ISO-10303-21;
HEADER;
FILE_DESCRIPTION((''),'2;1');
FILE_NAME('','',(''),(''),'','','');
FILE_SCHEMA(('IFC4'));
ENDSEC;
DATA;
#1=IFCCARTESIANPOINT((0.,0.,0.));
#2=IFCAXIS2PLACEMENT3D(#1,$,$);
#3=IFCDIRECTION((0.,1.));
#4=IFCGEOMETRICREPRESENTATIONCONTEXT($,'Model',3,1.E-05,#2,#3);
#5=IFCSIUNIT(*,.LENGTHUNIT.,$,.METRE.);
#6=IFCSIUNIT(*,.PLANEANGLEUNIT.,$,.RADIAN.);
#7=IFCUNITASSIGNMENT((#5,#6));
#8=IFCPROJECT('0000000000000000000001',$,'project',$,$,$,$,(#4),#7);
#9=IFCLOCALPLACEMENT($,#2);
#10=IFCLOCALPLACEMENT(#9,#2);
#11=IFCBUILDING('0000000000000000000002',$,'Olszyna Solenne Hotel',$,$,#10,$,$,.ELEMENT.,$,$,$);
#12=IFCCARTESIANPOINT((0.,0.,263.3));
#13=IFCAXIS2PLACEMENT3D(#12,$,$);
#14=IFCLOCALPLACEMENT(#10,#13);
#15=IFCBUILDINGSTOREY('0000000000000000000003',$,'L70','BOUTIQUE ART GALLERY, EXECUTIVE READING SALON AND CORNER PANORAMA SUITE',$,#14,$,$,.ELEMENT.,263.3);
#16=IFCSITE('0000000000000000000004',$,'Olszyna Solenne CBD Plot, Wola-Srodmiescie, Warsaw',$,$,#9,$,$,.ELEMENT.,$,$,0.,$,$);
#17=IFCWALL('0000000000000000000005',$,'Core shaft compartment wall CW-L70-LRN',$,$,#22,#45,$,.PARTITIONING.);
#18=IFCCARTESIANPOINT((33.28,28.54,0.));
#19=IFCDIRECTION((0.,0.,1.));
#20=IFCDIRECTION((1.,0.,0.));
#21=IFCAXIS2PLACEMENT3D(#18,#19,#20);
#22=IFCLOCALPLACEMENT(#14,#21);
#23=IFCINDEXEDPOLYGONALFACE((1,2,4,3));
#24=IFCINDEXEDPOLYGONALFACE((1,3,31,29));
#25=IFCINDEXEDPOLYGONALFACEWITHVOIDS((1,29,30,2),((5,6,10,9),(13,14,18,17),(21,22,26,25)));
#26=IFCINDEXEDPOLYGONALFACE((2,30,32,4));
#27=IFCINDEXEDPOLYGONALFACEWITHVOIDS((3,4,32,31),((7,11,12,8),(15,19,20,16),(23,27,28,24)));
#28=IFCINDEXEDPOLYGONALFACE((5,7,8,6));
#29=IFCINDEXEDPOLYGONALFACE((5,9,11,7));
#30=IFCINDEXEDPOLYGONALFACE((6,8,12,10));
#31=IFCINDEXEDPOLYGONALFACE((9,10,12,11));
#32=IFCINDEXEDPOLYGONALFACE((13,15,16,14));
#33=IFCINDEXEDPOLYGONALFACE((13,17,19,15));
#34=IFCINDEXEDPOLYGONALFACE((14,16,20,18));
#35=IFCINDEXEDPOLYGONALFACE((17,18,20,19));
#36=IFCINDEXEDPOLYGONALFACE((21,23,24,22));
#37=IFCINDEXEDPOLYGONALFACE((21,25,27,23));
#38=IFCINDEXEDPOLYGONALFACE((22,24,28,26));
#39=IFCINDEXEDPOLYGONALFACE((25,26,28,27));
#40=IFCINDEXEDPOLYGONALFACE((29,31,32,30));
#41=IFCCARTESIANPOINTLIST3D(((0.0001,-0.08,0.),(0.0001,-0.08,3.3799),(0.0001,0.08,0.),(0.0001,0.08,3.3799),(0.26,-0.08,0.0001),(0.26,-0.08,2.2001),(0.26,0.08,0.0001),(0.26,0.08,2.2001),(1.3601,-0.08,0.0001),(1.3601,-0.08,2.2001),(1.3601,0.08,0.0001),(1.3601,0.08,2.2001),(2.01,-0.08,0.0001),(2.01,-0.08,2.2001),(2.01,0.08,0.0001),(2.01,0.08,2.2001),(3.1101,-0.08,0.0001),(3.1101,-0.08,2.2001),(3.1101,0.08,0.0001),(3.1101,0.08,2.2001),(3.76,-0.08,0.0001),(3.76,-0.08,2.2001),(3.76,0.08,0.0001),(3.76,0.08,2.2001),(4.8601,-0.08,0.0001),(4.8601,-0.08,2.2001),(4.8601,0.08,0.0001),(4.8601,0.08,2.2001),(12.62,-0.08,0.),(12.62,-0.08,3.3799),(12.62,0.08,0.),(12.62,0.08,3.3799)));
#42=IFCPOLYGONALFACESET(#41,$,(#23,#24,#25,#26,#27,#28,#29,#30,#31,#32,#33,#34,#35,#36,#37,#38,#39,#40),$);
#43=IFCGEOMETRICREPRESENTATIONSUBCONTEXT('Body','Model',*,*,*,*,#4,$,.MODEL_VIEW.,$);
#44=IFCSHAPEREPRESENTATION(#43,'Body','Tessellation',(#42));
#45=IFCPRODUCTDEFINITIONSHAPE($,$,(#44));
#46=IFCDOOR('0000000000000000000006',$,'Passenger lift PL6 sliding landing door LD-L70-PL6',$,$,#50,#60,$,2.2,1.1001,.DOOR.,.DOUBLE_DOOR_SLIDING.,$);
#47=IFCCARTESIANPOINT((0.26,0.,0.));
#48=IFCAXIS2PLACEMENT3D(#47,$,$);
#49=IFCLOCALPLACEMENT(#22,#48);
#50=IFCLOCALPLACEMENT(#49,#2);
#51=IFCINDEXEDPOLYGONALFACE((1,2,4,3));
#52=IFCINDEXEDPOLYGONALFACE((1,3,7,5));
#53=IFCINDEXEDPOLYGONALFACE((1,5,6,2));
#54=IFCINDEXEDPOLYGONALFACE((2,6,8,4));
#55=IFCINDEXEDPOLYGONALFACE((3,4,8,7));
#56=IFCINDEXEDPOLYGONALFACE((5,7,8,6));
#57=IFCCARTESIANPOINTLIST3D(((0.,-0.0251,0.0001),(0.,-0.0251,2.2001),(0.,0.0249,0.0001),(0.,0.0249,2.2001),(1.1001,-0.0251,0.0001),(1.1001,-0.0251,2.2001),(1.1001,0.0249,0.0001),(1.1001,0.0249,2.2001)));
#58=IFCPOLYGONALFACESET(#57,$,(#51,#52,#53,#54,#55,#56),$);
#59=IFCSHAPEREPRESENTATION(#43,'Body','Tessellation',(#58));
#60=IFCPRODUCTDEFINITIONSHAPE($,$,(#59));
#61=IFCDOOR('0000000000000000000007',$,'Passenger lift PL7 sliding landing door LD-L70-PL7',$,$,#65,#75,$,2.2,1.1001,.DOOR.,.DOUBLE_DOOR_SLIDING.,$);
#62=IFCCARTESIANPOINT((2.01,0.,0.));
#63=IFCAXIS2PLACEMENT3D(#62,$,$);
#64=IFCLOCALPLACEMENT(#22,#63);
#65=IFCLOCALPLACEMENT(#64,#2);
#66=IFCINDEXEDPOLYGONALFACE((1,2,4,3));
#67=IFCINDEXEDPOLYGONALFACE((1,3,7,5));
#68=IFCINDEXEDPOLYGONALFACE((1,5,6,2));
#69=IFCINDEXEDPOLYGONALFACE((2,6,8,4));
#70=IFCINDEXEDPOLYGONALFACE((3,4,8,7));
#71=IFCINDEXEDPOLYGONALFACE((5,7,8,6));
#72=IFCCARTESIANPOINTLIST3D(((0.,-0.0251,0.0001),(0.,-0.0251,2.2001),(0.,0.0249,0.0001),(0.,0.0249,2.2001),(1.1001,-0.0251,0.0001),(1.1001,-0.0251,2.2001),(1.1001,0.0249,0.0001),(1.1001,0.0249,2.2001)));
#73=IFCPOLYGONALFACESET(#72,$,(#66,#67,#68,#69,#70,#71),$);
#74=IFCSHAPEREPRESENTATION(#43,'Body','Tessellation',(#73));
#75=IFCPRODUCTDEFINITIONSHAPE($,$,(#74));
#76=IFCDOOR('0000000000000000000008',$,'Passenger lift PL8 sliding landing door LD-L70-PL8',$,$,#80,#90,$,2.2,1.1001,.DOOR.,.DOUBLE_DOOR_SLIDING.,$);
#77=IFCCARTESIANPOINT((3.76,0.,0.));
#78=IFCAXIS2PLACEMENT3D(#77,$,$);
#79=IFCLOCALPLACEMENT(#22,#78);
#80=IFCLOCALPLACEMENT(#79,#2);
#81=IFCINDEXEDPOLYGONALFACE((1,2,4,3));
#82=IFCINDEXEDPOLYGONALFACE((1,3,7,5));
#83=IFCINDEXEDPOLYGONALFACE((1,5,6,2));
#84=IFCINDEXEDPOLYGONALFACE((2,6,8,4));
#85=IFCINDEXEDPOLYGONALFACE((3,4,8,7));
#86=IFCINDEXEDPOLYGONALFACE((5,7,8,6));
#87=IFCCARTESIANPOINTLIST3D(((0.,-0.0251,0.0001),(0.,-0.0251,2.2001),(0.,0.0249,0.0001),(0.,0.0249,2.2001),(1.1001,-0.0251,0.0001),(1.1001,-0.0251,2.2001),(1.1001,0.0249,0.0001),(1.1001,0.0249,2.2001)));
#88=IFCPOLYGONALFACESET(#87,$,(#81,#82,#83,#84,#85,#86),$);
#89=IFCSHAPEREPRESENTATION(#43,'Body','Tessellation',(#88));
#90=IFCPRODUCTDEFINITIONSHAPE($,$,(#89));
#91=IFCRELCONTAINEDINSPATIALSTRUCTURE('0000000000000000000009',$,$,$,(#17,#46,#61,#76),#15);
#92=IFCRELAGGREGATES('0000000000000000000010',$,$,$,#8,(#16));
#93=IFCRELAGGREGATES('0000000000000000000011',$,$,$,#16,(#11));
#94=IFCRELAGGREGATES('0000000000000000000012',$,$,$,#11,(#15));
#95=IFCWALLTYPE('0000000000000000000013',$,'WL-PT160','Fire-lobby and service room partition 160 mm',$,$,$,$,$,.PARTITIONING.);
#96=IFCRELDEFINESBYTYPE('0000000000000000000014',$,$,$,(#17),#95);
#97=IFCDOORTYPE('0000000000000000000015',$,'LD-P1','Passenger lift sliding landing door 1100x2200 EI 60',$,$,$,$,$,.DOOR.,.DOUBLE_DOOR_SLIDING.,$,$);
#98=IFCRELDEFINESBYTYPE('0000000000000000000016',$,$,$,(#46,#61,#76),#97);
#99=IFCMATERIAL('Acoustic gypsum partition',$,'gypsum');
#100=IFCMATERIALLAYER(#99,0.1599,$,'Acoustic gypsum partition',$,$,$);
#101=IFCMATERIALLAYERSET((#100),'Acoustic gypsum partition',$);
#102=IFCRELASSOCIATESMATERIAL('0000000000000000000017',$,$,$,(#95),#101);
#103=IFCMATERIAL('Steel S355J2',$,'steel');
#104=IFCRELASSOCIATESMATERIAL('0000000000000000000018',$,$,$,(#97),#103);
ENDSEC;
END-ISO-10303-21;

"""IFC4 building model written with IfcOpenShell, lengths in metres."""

from ifc_helpers import new_model, si_unit, direction, frame, frame_2d, origin, place, context, subcontext, project, spatial, rectangle, extrude, source, transform, mapped, material, layer, layer_set, type_object, type_shapes, element, fill, save


model = new_model("IFC4")

# Units and contexts
model_context = context("Model", 3, precision=1e-05, world=origin(), true_north=direction((0.0, 1.0)))
body_context = subcontext(model_context, "Body", "Model", "MODEL_VIEW")
ifc_project = project(units=[si_unit("LENGTHUNIT", "METRE"), si_unit("PLANEANGLEUNIT", "RADIAN")], contexts=[model_context])

# Site, building, storey
site_placement = place(None, origin())
site = spatial("IfcSite", under=ifc_project, at=site_placement, Name="Olszyna Solenne CBD Plot, Wola-Srodmiescie, Warsaw", CompositionType="ELEMENT", RefElevation=0.0)
building_placement = place(site_placement, origin())
building = spatial("IfcBuilding", under=site, at=building_placement, Name="Olszyna Solenne Hotel", CompositionType="ELEMENT")
storey_placement = place(building_placement, frame((0.0, 0.0, 263.3)))
storey = spatial("IfcBuildingStorey", under=building, at=storey_placement, Name="L70", Description="BOUTIQUE ART GALLERY, EXECUTIVE READING SALON AND CORNER PANORAMA SUITE", CompositionType="ELEMENT", Elevation=263.3)

# Shared definitions
ifc_material_1 = material(Name="Steel S355J2", Category="steel")

# Shared definitions
ifc_material_2 = material(Name="Acoustic gypsum partition", Category="gypsum")
ifc_layer_1 = layer(ifc_material_2, 0.1599, Name="Acoustic gypsum partition")
ifc_layer_set_1 = layer_set([ifc_layer_1], Name="Acoustic gypsum partition")
wall_type_1 = type_object("IfcWallType", Name="WL-PT160", Description="Fire-lobby and service room partition 160 mm", PredefinedType="PARTITIONING", material=ifc_layer_set_1)

# Wall, openings, doors
door_type_1 = type_object("IfcDoorType", Name="LD-P1", Description="Passenger lift sliding landing door 1100x2200 EI 60", OperationType="DOUBLE_DOOR_SLIDING", PredefinedType="DOOR", material=ifc_material_1)
shared_shape_1 = source(origin(), body_context, "Body", "SweptSolid", [
    extrude(rectangle(XDim=1.1001, YDim=2.2, at=frame_2d((0.55, 1.1001))), frame((0.0, 0.0249, 0.0), z_axis=(0.0, -1.0, 0.0), x_axis=(1.0, 0.0, 0.0)), (0.0, 0.0, 1.0), 0.05),
])
type_shapes(door_type_1, [shared_shape_1])
wall_1_placement = place(storey_placement, frame((33.28, 28.54, 0.0), z_axis=(0.0, 0.0, 1.0), x_axis=(1.0, 0.0, 0.0)))
wall_1 = element("IfcWall", 1, at=wall_1_placement, inside=storey, type_object=wall_type_1, Name="Core shaft compartment wall CW-L70-LRN", PredefinedType="PARTITIONING", context=body_context, shape_type="SweptSolid", body=[
    extrude(rectangle(XDim=12.6199, YDim=0.1599, at=frame_2d((6.3101, 0.0))), origin(), (0.0, 0.0, 1.0), 3.3799),
])
opening_1_placement = place(wall_1_placement, frame((0.26, 0.0, 0.0)))
opening_1 = element("IfcOpeningElement", 2, at=opening_1_placement, cuts=wall_1, PredefinedType="OPENING", context=body_context, shape_type="SweptSolid", body=[
    extrude(rectangle(XDim=1.1001, YDim=2.2, at=frame_2d((0.55, 1.1001))), frame((0.0, 0.0898, 0.0), z_axis=(0.0, -1.0, 0.0), x_axis=(1.0, 0.0, 0.0)), (0.0, 0.0, 1.0), 0.1799),
])
opening_2_placement = place(wall_1_placement, frame((2.01, 0.0, 0.0)))
opening_2 = element("IfcOpeningElement", 3, at=opening_2_placement, cuts=wall_1, PredefinedType="OPENING", context=body_context, shape_type="SweptSolid", body=[
    extrude(rectangle(XDim=1.1001, YDim=2.2, at=frame_2d((0.55, 1.1001))), frame((0.0, 0.0898, 0.0), z_axis=(0.0, -1.0, 0.0), x_axis=(1.0, 0.0, 0.0)), (0.0, 0.0, 1.0), 0.1799),
])
opening_3_placement = place(wall_1_placement, frame((3.76, 0.0, 0.0)))
opening_3 = element("IfcOpeningElement", 4, at=opening_3_placement, cuts=wall_1, PredefinedType="OPENING", context=body_context, shape_type="SweptSolid", body=[
    extrude(rectangle(XDim=1.1001, YDim=2.2, at=frame_2d((0.55, 1.1001))), frame((0.0, 0.0898, 0.0), z_axis=(0.0, -1.0, 0.0), x_axis=(1.0, 0.0, 0.0)), (0.0, 0.0, 1.0), 0.1799),
])
door_1_placement = place(opening_1_placement, origin())
door_1 = element("IfcDoor", 5, at=door_1_placement, inside=storey, type_object=door_type_1, Name="Passenger lift PL6 sliding landing door LD-L70-PL6", OperationType="DOUBLE_DOOR_SLIDING", OverallHeight=2.2, OverallWidth=1.1001, PredefinedType="DOOR", context=body_context, shape_type="MappedRepresentation", body=[
    mapped(shared_shape_1, transform((0.0, 0.0, 0.0), x_axis=(1.0, 0.0, 0.0), y_axis=(0.0, 1.0, 0.0), z_axis=(0.0, 0.0, 1.0), scale=1.0)),
])
fill(opening_1, door_1)
door_2_placement = place(opening_2_placement, origin())
door_2 = element("IfcDoor", 6, at=door_2_placement, inside=storey, type_object=door_type_1, Name="Passenger lift PL7 sliding landing door LD-L70-PL7", OperationType="DOUBLE_DOOR_SLIDING", OverallHeight=2.2, OverallWidth=1.1001, PredefinedType="DOOR", context=body_context, shape_type="MappedRepresentation", body=[
    mapped(shared_shape_1, transform((0.0, 0.0, 0.0), x_axis=(1.0, 0.0, 0.0), y_axis=(0.0, 1.0, 0.0), z_axis=(0.0, 0.0, 1.0), scale=1.0)),
])
fill(opening_2, door_2)
door_3_placement = place(opening_3_placement, origin())
door_3 = element("IfcDoor", 7, at=door_3_placement, inside=storey, type_object=door_type_1, Name="Passenger lift PL8 sliding landing door LD-L70-PL8", OperationType="DOUBLE_DOOR_SLIDING", OverallHeight=2.2, OverallWidth=1.1001, PredefinedType="DOOR", context=body_context, shape_type="MappedRepresentation", body=[
    mapped(shared_shape_1, transform((0.0, 0.0, 0.0), x_axis=(1.0, 0.0, 0.0), y_axis=(0.0, 1.0, 0.0), z_axis=(0.0, 0.0, 1.0), scale=1.0)),
])
fill(opening_3, door_3)

save(model, "model.ifc")
